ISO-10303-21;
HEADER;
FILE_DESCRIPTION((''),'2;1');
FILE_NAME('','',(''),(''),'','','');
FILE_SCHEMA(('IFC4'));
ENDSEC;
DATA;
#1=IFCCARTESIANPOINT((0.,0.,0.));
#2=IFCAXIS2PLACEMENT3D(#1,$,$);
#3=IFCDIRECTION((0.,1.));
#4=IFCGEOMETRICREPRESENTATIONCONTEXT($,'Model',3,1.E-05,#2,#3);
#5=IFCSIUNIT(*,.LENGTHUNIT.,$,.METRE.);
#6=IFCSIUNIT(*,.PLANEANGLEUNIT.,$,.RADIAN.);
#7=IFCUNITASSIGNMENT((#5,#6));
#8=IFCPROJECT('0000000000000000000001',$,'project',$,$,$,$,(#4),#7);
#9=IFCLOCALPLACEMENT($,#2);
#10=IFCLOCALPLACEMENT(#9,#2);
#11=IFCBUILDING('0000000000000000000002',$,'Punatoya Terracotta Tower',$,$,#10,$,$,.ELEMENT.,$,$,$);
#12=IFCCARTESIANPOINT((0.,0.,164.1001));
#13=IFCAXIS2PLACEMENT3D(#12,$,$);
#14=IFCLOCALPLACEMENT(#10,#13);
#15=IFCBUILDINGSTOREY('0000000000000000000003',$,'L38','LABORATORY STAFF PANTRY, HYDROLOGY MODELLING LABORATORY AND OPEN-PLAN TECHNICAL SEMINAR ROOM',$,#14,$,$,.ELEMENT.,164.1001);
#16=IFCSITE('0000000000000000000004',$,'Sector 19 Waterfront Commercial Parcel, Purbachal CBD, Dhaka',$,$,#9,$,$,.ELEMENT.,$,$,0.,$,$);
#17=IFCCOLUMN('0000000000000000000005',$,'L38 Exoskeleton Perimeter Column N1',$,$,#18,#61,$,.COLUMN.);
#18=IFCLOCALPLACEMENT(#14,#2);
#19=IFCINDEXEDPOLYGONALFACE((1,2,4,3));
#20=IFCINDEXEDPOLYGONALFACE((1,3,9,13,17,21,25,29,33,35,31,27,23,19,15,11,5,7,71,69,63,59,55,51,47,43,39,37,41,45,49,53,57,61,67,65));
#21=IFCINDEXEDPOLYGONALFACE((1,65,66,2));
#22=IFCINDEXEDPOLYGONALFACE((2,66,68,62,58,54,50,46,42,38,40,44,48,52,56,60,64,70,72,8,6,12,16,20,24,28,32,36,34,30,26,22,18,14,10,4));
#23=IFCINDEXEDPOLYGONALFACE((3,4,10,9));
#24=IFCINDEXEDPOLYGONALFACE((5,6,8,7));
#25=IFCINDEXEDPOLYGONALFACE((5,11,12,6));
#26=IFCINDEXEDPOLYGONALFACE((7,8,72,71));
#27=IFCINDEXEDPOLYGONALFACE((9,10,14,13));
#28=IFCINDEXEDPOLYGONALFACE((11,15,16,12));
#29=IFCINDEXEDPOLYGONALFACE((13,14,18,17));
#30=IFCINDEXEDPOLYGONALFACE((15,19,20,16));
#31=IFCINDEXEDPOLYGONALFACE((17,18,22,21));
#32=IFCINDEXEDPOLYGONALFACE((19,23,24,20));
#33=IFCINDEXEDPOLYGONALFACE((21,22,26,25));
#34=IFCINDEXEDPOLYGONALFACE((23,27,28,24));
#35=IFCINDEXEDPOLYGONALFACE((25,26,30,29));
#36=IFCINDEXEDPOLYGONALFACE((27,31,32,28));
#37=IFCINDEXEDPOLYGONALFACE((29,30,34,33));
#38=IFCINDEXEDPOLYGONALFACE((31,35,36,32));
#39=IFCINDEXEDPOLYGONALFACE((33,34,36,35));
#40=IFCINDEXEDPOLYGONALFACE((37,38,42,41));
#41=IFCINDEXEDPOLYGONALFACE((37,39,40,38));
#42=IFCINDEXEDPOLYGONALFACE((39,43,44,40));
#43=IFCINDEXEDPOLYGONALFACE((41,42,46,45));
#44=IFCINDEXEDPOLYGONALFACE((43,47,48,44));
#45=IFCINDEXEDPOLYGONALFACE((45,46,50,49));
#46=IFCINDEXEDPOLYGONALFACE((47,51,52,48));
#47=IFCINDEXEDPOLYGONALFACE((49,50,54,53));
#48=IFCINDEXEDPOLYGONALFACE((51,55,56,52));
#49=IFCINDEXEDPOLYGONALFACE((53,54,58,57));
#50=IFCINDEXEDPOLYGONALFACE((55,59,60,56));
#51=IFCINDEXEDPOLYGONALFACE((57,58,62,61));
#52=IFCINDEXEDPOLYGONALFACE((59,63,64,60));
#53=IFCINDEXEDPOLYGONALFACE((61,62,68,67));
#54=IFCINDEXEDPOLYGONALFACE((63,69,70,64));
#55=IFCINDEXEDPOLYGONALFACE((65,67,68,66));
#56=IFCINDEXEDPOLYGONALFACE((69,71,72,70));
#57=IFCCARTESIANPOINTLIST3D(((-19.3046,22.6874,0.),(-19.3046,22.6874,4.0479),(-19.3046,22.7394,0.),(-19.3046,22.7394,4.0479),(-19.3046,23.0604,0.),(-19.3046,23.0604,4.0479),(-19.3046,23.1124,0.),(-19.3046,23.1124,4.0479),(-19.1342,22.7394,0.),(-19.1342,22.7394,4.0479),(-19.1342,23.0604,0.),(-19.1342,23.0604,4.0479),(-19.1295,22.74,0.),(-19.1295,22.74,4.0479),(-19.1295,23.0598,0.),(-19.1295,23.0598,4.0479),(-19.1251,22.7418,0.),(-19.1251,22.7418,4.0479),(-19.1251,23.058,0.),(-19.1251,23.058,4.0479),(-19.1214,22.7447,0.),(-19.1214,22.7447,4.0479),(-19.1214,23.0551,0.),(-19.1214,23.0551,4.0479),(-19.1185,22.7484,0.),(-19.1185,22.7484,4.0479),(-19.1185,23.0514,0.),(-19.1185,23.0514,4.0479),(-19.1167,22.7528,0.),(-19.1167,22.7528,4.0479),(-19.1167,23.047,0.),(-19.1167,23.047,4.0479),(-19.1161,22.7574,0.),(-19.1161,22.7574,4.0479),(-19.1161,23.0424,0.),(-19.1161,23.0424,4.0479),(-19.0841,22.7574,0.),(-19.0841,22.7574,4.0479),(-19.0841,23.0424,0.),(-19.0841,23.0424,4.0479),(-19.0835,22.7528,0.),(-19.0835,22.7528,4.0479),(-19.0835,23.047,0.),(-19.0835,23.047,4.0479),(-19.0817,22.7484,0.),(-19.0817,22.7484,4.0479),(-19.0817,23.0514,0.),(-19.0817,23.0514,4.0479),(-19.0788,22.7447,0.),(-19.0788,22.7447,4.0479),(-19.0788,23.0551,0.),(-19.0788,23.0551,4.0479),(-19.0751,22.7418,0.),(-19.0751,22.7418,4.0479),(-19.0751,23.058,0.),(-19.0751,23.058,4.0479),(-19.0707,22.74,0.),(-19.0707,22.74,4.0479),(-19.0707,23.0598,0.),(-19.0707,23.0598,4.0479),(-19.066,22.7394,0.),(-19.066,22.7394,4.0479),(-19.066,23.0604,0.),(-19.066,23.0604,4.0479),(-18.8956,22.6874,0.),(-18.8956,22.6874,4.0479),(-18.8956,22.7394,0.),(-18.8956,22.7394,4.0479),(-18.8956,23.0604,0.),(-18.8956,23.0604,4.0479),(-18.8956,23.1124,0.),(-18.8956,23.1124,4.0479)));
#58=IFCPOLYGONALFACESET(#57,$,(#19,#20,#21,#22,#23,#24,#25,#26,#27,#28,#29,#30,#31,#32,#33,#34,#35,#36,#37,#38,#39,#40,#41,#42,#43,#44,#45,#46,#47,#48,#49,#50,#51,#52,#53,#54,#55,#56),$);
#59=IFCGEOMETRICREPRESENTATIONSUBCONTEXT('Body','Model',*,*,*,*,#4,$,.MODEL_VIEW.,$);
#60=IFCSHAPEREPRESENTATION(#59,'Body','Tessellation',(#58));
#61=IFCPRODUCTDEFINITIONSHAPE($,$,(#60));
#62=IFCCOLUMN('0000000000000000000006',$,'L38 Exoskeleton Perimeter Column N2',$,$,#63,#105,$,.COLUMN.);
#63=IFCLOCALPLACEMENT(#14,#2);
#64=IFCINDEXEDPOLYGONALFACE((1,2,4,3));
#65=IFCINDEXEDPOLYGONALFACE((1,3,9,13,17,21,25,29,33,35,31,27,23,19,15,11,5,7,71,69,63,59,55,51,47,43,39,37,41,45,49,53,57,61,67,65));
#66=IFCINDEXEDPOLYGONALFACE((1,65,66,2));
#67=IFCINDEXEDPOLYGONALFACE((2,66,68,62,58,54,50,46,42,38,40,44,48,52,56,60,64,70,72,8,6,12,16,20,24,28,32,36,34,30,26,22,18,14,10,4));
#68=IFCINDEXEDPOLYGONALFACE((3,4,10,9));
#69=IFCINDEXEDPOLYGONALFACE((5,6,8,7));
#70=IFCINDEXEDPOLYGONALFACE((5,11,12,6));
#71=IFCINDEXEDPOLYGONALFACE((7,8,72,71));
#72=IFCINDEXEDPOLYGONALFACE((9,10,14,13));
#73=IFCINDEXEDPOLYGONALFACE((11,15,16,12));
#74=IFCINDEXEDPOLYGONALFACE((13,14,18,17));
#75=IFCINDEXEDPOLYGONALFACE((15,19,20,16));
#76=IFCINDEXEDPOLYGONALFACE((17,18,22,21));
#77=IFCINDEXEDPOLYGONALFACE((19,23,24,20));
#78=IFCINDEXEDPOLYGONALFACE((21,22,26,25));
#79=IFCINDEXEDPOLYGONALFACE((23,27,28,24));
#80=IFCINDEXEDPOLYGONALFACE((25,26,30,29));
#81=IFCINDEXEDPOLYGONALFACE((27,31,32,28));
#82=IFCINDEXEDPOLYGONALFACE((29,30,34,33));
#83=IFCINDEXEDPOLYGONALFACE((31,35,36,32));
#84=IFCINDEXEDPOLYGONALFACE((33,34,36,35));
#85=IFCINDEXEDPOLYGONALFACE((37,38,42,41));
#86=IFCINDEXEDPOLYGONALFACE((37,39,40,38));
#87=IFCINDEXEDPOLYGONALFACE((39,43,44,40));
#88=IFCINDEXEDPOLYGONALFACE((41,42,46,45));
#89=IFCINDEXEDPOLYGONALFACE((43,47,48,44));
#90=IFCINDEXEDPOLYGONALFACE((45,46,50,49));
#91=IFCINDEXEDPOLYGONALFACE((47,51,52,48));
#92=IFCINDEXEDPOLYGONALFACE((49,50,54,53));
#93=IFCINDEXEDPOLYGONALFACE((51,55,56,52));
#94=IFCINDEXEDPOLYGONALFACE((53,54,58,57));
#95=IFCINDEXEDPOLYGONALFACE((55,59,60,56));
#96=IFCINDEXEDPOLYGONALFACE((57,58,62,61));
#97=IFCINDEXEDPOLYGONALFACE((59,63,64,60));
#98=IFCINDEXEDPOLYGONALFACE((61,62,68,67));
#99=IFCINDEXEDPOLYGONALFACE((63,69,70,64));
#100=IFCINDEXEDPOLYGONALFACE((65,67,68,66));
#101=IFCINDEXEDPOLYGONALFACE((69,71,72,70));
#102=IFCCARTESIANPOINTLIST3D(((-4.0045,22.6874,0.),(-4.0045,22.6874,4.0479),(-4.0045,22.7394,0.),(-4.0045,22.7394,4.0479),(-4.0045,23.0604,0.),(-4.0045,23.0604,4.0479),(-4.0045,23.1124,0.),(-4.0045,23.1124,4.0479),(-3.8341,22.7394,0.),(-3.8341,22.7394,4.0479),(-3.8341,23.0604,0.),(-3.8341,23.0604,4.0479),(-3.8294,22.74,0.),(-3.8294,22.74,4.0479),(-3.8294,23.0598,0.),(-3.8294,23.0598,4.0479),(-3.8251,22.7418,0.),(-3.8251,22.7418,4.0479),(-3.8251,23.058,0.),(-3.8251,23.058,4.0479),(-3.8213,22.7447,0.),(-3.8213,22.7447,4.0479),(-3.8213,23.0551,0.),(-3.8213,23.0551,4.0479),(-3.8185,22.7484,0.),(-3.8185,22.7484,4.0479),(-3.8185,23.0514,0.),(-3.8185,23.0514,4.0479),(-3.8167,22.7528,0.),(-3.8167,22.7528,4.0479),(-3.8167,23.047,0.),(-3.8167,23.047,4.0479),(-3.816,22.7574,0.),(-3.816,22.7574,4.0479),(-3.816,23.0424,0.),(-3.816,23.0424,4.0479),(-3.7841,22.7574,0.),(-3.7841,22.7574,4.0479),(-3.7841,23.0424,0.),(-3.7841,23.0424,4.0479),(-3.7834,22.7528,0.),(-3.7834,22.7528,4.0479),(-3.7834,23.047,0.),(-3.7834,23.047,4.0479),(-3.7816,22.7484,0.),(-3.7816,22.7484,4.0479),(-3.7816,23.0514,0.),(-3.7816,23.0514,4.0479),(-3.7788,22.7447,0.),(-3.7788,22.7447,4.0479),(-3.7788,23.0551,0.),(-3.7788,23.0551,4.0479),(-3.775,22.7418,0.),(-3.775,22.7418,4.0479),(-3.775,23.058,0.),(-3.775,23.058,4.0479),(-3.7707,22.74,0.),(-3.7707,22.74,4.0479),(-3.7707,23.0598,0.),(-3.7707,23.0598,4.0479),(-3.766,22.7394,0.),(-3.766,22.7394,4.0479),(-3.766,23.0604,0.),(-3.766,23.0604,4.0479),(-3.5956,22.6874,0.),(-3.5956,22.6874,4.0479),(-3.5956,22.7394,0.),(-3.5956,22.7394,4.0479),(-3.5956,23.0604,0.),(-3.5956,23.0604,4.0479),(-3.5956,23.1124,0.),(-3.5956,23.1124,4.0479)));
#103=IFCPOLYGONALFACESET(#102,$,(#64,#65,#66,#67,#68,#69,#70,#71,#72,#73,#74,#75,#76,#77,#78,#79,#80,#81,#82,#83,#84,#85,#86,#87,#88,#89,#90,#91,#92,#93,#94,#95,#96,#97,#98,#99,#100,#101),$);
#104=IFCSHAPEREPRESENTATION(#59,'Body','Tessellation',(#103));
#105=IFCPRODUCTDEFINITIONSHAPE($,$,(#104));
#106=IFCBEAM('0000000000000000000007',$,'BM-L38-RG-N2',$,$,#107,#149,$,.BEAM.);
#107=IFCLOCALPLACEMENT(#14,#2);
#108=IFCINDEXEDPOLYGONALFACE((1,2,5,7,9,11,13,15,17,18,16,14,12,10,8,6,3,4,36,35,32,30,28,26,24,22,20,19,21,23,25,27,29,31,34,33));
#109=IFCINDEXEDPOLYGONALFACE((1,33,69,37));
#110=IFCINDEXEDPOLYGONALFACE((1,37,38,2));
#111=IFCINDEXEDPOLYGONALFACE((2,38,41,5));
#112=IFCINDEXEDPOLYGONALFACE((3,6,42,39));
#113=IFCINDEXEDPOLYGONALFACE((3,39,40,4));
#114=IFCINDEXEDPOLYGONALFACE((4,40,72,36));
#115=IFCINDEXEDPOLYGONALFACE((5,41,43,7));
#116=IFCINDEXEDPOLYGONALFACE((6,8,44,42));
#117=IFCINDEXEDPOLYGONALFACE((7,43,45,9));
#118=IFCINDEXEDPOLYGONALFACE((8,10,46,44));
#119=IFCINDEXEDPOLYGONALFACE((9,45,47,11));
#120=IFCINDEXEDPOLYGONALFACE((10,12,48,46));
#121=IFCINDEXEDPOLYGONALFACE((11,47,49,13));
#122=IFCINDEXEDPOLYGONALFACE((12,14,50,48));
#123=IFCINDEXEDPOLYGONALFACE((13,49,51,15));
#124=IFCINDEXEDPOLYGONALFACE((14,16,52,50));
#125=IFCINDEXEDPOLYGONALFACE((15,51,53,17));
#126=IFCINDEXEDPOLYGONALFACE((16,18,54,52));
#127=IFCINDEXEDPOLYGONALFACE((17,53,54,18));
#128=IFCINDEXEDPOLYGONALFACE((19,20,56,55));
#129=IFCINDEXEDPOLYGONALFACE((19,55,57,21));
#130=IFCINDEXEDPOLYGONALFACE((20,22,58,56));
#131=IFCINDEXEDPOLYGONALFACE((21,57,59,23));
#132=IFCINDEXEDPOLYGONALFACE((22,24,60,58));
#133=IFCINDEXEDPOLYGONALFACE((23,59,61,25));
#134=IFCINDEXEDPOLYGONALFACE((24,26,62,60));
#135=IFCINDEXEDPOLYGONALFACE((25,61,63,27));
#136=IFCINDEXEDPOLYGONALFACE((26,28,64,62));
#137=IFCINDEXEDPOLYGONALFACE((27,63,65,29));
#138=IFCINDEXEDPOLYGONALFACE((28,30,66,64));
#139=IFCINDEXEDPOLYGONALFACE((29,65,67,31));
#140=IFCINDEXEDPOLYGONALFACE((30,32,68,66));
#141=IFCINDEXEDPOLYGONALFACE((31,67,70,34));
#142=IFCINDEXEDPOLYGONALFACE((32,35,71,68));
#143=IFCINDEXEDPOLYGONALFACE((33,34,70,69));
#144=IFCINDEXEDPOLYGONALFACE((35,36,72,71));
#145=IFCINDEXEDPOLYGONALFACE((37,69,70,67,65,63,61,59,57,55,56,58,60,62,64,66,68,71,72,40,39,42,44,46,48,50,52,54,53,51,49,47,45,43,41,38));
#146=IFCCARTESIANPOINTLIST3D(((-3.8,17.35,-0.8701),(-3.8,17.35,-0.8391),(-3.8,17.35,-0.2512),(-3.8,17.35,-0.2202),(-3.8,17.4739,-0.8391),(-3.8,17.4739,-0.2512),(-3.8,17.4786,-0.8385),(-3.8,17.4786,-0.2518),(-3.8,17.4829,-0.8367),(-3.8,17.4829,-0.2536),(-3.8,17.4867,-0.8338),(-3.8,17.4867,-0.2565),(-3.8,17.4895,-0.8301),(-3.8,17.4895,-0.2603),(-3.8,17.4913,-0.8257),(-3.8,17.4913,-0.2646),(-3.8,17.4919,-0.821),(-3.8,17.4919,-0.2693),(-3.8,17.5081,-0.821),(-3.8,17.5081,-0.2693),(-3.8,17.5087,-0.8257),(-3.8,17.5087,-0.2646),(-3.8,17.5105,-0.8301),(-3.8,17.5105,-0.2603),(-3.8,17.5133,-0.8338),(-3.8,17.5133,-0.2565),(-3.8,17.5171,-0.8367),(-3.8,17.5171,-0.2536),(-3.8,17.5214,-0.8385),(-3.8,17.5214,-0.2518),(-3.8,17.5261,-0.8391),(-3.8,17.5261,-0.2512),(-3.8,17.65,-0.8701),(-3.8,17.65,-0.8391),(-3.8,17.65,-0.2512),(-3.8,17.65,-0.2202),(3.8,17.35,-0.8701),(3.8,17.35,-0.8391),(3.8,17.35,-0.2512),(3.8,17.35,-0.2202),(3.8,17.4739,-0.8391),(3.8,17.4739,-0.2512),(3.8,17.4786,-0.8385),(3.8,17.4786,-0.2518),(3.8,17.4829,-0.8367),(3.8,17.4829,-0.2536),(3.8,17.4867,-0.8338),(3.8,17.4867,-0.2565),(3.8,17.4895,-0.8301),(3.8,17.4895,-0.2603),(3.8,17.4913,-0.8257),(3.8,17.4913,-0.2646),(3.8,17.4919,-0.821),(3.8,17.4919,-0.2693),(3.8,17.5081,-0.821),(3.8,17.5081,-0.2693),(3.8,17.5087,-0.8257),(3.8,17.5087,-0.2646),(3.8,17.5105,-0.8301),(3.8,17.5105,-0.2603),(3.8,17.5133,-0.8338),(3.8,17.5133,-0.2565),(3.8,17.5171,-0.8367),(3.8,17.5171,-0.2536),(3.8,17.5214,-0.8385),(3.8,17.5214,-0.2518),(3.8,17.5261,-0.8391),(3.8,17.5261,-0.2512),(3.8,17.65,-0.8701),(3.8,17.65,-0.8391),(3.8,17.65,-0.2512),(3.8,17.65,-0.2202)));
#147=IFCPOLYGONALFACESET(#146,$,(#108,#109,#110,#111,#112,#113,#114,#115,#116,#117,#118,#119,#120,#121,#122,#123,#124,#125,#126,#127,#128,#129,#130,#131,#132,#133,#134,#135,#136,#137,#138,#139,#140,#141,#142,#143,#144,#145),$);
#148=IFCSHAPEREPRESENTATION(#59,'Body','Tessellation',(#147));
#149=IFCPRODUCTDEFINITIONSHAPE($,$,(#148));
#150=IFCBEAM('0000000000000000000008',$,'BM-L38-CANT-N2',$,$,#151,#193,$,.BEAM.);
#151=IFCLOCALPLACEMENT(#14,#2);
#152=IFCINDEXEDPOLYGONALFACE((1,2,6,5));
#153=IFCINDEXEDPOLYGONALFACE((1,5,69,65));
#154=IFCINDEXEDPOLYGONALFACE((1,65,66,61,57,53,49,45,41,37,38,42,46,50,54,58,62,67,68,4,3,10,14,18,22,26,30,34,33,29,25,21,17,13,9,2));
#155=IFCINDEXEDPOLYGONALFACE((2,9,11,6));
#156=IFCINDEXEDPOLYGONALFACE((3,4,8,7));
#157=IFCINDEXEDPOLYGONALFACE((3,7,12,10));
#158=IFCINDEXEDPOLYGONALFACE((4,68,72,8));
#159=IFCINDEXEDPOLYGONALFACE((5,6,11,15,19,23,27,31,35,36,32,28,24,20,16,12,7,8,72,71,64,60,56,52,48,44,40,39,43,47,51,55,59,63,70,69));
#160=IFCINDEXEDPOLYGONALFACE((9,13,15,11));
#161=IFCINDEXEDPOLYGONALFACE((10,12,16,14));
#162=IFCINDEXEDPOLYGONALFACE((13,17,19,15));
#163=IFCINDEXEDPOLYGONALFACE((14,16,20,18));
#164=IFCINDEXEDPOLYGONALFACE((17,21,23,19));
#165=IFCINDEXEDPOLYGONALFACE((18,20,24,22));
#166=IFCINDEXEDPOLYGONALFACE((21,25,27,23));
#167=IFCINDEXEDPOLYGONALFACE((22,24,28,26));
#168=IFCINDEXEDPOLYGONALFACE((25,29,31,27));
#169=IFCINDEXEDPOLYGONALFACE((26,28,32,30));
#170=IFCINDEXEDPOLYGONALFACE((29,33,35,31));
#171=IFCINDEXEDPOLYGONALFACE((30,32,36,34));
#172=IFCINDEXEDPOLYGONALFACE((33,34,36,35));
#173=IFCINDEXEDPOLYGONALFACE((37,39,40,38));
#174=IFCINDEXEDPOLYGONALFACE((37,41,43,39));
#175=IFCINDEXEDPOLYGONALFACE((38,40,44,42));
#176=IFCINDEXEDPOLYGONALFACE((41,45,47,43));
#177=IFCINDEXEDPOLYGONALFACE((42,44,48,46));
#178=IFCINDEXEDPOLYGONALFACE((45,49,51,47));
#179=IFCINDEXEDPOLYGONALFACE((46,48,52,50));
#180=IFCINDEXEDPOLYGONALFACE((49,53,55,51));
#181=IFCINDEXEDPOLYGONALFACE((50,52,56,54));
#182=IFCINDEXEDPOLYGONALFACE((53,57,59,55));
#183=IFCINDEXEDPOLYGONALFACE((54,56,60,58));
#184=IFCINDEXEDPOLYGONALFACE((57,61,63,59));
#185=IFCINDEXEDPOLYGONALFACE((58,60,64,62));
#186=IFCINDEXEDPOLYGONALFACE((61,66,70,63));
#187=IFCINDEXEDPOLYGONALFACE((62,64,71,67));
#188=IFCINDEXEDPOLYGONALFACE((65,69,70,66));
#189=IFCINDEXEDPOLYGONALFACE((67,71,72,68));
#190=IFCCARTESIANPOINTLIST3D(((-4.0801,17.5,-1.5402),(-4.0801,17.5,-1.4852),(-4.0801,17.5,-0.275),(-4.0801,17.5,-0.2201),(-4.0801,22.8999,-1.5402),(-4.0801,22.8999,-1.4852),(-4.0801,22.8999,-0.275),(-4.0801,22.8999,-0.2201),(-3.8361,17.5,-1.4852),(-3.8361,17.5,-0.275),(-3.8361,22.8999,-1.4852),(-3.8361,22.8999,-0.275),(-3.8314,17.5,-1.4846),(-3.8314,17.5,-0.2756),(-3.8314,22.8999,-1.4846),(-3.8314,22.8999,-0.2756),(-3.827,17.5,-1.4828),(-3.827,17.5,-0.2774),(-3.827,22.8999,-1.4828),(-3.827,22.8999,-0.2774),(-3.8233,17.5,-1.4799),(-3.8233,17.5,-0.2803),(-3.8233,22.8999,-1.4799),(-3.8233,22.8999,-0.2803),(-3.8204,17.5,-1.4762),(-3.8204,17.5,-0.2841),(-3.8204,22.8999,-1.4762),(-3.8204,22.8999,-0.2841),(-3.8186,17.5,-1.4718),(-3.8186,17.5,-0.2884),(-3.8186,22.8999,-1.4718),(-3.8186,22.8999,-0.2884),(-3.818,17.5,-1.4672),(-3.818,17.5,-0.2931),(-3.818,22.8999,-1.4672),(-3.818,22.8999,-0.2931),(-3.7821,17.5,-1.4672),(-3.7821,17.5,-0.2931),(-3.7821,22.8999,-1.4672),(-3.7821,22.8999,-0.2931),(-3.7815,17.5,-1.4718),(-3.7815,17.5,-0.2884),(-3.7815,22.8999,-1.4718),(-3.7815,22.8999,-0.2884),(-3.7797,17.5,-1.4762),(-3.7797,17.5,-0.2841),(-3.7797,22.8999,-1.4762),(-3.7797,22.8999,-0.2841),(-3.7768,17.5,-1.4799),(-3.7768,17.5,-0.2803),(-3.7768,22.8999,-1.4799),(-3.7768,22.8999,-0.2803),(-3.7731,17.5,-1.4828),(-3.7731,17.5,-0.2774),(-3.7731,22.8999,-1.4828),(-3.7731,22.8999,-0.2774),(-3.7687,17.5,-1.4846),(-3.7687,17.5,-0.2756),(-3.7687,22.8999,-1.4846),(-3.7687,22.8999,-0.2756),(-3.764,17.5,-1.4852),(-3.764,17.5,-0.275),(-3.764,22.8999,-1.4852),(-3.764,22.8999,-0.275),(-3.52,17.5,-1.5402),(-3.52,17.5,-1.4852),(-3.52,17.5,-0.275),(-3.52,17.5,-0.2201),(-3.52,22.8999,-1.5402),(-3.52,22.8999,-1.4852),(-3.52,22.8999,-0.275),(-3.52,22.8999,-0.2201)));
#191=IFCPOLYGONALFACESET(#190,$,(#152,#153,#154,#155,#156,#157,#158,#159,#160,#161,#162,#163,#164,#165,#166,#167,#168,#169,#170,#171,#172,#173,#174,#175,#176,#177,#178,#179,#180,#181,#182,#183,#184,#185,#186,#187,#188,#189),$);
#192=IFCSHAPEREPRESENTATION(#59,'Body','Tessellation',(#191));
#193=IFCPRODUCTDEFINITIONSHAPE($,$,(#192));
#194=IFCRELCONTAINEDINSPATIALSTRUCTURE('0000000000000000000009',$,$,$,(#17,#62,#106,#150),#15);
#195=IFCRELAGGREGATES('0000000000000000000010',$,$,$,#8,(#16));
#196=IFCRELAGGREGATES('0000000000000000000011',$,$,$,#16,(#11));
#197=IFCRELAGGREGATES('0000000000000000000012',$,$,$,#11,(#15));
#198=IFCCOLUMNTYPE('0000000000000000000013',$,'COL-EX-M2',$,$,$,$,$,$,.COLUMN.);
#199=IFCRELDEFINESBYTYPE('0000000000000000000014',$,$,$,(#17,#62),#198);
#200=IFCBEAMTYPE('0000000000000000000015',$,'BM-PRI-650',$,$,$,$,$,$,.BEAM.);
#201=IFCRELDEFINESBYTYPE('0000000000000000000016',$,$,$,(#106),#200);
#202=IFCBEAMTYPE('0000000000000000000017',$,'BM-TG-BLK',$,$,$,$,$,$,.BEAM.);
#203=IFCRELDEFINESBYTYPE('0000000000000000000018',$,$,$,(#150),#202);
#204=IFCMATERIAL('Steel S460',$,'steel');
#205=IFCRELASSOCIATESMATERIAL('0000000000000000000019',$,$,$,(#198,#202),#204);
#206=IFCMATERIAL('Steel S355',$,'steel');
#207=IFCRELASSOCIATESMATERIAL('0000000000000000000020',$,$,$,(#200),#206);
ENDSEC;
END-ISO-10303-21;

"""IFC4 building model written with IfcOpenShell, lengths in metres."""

from ifc_helpers import new_model, si_unit, direction, frame, origin, origin_2d, place, context, subcontext, project, spatial, i_section, extrude, material, material_profile, profile_set, type_object, element, save


model = new_model("IFC4")

# Units and contexts
model_context = context("Model", 3, precision=1e-05, world=origin(), true_north=direction((0.0, 1.0)))
body_context = subcontext(model_context, "Body", "Model", "MODEL_VIEW")
ifc_project = project(units=[si_unit("LENGTHUNIT", "METRE"), si_unit("PLANEANGLEUNIT", "RADIAN")], contexts=[model_context])

# Site, building, storey
site_placement = place(None, origin())
site = spatial("IfcSite", under=ifc_project, at=site_placement, Name="Sector 19 Waterfront Commercial Parcel, Purbachal CBD, Dhaka", CompositionType="ELEMENT", RefElevation=0.0)
building_placement = place(site_placement, origin())
building = spatial("IfcBuilding", under=site, at=building_placement, Name="Punatoya Terracotta Tower", CompositionType="ELEMENT")
storey_placement = place(building_placement, frame((0.0, 0.0, 164.1001)))
storey = spatial("IfcBuildingStorey", under=building, at=storey_placement, Name="L38", Description="LABORATORY STAFF PANTRY, HYDROLOGY MODELLING LABORATORY AND OPEN-PLAN TECHNICAL SEMINAR ROOM", CompositionType="ELEMENT", Elevation=164.1001)

# Columns
ifc_material_1 = material(Name="Steel S460", Category="steel")
ifc_material_profile_1 = material_profile(ifc_material_1, i_section(OverallWidth=0.4089, OverallDepth=0.425, WebThickness=0.032, FlangeThickness=0.052, FilletRadius=0.0181, at=origin_2d()))
ifc_profile_set_1 = profile_set([ifc_material_profile_1], Name="Steel S460")
column_type = type_object("IfcColumnType", Name="COL-EX-M2", PredefinedType="COLUMN", material=ifc_profile_set_1)
for number, where, z_axis, x_axis, name in (
    (1, (-19.1001, 22.8999, 0.0), (0.0, 0.0, 1.0), (1.0, 0.0, 0.0), "L38 Exoskeleton Perimeter Column N1"),
    (2, (-3.8, 22.8999, 0.0), (0.0, 0.0, 1.0), (1.0, 0.0, 0.0), "L38 Exoskeleton Perimeter Column N2"),
):
    element("IfcColumn", number, at=place(storey_placement, frame(where, z_axis=z_axis, x_axis=x_axis)), inside=storey, type_object=column_type, Name=name, PredefinedType="COLUMN", context=body_context, shape_type="SweptSolid", body=[
        extrude(i_section(OverallWidth=0.4089, OverallDepth=0.425, WebThickness=0.032, FlangeThickness=0.052, FilletRadius=0.0181, at=origin_2d()), origin(), (0.0, 0.0, 1.0), 4.0479),
    ])

# Beams
ifc_material_2 = material(Name="Steel S355", Category="steel")
ifc_material_profile_2 = material_profile(ifc_material_2, i_section(OverallWidth=0.3, OverallDepth=0.6499, WebThickness=0.0161, FlangeThickness=0.031, FilletRadius=0.0181, at=origin_2d()))
ifc_profile_set_2 = profile_set([ifc_material_profile_2], Name="Steel S355")
beam_type_1 = type_object("IfcBeamType", Name="BM-PRI-650", PredefinedType="BEAM", material=ifc_profile_set_2)
beam_1_placement = place(storey_placement, frame((-3.8, 17.5, -0.5452), z_axis=(1.0, 0.0, 0.0), x_axis=(0.0, 1.0, 0.0)))
element("IfcBeam", 3, at=beam_1_placement, inside=storey, type_object=beam_type_1, Name="BM-L38-RG-N2", PredefinedType="BEAM", context=body_context, shape_type="SweptSolid", body=[
    extrude(i_section(OverallWidth=0.3, OverallDepth=0.6499, WebThickness=0.0161, FlangeThickness=0.031, FilletRadius=0.0181, at=origin_2d()), origin(), (0.0, 0.0, 1.0), 7.6001),
])
ifc_material_profile_3 = material_profile(ifc_material_1, i_section(OverallWidth=0.5601, OverallDepth=1.3201, WebThickness=0.0359, FlangeThickness=0.0549, FilletRadius=0.0181, at=origin_2d()))
ifc_profile_set_3 = profile_set([ifc_material_profile_3], Name="Steel S460")
beam_type_2 = type_object("IfcBeamType", Name="BM-TG-BLK", PredefinedType="BEAM", material=ifc_profile_set_3)
beam_2_placement = place(storey_placement, frame((-3.8, 17.5, -0.8801), z_axis=(0.0, 1.0, 0.0), x_axis=(-1.0, 0.0, 0.0)))
element("IfcBeam", 4, at=beam_2_placement, inside=storey, type_object=beam_type_2, Name="BM-L38-CANT-N2", PredefinedType="BEAM", context=body_context, shape_type="SweptSolid", body=[
    extrude(i_section(OverallWidth=0.5601, OverallDepth=1.3201, WebThickness=0.0359, FlangeThickness=0.0549, FilletRadius=0.0181, at=origin_2d()), origin(), (0.0, 0.0, 1.0), 5.3999),
])

save(model, "model.ifc")
